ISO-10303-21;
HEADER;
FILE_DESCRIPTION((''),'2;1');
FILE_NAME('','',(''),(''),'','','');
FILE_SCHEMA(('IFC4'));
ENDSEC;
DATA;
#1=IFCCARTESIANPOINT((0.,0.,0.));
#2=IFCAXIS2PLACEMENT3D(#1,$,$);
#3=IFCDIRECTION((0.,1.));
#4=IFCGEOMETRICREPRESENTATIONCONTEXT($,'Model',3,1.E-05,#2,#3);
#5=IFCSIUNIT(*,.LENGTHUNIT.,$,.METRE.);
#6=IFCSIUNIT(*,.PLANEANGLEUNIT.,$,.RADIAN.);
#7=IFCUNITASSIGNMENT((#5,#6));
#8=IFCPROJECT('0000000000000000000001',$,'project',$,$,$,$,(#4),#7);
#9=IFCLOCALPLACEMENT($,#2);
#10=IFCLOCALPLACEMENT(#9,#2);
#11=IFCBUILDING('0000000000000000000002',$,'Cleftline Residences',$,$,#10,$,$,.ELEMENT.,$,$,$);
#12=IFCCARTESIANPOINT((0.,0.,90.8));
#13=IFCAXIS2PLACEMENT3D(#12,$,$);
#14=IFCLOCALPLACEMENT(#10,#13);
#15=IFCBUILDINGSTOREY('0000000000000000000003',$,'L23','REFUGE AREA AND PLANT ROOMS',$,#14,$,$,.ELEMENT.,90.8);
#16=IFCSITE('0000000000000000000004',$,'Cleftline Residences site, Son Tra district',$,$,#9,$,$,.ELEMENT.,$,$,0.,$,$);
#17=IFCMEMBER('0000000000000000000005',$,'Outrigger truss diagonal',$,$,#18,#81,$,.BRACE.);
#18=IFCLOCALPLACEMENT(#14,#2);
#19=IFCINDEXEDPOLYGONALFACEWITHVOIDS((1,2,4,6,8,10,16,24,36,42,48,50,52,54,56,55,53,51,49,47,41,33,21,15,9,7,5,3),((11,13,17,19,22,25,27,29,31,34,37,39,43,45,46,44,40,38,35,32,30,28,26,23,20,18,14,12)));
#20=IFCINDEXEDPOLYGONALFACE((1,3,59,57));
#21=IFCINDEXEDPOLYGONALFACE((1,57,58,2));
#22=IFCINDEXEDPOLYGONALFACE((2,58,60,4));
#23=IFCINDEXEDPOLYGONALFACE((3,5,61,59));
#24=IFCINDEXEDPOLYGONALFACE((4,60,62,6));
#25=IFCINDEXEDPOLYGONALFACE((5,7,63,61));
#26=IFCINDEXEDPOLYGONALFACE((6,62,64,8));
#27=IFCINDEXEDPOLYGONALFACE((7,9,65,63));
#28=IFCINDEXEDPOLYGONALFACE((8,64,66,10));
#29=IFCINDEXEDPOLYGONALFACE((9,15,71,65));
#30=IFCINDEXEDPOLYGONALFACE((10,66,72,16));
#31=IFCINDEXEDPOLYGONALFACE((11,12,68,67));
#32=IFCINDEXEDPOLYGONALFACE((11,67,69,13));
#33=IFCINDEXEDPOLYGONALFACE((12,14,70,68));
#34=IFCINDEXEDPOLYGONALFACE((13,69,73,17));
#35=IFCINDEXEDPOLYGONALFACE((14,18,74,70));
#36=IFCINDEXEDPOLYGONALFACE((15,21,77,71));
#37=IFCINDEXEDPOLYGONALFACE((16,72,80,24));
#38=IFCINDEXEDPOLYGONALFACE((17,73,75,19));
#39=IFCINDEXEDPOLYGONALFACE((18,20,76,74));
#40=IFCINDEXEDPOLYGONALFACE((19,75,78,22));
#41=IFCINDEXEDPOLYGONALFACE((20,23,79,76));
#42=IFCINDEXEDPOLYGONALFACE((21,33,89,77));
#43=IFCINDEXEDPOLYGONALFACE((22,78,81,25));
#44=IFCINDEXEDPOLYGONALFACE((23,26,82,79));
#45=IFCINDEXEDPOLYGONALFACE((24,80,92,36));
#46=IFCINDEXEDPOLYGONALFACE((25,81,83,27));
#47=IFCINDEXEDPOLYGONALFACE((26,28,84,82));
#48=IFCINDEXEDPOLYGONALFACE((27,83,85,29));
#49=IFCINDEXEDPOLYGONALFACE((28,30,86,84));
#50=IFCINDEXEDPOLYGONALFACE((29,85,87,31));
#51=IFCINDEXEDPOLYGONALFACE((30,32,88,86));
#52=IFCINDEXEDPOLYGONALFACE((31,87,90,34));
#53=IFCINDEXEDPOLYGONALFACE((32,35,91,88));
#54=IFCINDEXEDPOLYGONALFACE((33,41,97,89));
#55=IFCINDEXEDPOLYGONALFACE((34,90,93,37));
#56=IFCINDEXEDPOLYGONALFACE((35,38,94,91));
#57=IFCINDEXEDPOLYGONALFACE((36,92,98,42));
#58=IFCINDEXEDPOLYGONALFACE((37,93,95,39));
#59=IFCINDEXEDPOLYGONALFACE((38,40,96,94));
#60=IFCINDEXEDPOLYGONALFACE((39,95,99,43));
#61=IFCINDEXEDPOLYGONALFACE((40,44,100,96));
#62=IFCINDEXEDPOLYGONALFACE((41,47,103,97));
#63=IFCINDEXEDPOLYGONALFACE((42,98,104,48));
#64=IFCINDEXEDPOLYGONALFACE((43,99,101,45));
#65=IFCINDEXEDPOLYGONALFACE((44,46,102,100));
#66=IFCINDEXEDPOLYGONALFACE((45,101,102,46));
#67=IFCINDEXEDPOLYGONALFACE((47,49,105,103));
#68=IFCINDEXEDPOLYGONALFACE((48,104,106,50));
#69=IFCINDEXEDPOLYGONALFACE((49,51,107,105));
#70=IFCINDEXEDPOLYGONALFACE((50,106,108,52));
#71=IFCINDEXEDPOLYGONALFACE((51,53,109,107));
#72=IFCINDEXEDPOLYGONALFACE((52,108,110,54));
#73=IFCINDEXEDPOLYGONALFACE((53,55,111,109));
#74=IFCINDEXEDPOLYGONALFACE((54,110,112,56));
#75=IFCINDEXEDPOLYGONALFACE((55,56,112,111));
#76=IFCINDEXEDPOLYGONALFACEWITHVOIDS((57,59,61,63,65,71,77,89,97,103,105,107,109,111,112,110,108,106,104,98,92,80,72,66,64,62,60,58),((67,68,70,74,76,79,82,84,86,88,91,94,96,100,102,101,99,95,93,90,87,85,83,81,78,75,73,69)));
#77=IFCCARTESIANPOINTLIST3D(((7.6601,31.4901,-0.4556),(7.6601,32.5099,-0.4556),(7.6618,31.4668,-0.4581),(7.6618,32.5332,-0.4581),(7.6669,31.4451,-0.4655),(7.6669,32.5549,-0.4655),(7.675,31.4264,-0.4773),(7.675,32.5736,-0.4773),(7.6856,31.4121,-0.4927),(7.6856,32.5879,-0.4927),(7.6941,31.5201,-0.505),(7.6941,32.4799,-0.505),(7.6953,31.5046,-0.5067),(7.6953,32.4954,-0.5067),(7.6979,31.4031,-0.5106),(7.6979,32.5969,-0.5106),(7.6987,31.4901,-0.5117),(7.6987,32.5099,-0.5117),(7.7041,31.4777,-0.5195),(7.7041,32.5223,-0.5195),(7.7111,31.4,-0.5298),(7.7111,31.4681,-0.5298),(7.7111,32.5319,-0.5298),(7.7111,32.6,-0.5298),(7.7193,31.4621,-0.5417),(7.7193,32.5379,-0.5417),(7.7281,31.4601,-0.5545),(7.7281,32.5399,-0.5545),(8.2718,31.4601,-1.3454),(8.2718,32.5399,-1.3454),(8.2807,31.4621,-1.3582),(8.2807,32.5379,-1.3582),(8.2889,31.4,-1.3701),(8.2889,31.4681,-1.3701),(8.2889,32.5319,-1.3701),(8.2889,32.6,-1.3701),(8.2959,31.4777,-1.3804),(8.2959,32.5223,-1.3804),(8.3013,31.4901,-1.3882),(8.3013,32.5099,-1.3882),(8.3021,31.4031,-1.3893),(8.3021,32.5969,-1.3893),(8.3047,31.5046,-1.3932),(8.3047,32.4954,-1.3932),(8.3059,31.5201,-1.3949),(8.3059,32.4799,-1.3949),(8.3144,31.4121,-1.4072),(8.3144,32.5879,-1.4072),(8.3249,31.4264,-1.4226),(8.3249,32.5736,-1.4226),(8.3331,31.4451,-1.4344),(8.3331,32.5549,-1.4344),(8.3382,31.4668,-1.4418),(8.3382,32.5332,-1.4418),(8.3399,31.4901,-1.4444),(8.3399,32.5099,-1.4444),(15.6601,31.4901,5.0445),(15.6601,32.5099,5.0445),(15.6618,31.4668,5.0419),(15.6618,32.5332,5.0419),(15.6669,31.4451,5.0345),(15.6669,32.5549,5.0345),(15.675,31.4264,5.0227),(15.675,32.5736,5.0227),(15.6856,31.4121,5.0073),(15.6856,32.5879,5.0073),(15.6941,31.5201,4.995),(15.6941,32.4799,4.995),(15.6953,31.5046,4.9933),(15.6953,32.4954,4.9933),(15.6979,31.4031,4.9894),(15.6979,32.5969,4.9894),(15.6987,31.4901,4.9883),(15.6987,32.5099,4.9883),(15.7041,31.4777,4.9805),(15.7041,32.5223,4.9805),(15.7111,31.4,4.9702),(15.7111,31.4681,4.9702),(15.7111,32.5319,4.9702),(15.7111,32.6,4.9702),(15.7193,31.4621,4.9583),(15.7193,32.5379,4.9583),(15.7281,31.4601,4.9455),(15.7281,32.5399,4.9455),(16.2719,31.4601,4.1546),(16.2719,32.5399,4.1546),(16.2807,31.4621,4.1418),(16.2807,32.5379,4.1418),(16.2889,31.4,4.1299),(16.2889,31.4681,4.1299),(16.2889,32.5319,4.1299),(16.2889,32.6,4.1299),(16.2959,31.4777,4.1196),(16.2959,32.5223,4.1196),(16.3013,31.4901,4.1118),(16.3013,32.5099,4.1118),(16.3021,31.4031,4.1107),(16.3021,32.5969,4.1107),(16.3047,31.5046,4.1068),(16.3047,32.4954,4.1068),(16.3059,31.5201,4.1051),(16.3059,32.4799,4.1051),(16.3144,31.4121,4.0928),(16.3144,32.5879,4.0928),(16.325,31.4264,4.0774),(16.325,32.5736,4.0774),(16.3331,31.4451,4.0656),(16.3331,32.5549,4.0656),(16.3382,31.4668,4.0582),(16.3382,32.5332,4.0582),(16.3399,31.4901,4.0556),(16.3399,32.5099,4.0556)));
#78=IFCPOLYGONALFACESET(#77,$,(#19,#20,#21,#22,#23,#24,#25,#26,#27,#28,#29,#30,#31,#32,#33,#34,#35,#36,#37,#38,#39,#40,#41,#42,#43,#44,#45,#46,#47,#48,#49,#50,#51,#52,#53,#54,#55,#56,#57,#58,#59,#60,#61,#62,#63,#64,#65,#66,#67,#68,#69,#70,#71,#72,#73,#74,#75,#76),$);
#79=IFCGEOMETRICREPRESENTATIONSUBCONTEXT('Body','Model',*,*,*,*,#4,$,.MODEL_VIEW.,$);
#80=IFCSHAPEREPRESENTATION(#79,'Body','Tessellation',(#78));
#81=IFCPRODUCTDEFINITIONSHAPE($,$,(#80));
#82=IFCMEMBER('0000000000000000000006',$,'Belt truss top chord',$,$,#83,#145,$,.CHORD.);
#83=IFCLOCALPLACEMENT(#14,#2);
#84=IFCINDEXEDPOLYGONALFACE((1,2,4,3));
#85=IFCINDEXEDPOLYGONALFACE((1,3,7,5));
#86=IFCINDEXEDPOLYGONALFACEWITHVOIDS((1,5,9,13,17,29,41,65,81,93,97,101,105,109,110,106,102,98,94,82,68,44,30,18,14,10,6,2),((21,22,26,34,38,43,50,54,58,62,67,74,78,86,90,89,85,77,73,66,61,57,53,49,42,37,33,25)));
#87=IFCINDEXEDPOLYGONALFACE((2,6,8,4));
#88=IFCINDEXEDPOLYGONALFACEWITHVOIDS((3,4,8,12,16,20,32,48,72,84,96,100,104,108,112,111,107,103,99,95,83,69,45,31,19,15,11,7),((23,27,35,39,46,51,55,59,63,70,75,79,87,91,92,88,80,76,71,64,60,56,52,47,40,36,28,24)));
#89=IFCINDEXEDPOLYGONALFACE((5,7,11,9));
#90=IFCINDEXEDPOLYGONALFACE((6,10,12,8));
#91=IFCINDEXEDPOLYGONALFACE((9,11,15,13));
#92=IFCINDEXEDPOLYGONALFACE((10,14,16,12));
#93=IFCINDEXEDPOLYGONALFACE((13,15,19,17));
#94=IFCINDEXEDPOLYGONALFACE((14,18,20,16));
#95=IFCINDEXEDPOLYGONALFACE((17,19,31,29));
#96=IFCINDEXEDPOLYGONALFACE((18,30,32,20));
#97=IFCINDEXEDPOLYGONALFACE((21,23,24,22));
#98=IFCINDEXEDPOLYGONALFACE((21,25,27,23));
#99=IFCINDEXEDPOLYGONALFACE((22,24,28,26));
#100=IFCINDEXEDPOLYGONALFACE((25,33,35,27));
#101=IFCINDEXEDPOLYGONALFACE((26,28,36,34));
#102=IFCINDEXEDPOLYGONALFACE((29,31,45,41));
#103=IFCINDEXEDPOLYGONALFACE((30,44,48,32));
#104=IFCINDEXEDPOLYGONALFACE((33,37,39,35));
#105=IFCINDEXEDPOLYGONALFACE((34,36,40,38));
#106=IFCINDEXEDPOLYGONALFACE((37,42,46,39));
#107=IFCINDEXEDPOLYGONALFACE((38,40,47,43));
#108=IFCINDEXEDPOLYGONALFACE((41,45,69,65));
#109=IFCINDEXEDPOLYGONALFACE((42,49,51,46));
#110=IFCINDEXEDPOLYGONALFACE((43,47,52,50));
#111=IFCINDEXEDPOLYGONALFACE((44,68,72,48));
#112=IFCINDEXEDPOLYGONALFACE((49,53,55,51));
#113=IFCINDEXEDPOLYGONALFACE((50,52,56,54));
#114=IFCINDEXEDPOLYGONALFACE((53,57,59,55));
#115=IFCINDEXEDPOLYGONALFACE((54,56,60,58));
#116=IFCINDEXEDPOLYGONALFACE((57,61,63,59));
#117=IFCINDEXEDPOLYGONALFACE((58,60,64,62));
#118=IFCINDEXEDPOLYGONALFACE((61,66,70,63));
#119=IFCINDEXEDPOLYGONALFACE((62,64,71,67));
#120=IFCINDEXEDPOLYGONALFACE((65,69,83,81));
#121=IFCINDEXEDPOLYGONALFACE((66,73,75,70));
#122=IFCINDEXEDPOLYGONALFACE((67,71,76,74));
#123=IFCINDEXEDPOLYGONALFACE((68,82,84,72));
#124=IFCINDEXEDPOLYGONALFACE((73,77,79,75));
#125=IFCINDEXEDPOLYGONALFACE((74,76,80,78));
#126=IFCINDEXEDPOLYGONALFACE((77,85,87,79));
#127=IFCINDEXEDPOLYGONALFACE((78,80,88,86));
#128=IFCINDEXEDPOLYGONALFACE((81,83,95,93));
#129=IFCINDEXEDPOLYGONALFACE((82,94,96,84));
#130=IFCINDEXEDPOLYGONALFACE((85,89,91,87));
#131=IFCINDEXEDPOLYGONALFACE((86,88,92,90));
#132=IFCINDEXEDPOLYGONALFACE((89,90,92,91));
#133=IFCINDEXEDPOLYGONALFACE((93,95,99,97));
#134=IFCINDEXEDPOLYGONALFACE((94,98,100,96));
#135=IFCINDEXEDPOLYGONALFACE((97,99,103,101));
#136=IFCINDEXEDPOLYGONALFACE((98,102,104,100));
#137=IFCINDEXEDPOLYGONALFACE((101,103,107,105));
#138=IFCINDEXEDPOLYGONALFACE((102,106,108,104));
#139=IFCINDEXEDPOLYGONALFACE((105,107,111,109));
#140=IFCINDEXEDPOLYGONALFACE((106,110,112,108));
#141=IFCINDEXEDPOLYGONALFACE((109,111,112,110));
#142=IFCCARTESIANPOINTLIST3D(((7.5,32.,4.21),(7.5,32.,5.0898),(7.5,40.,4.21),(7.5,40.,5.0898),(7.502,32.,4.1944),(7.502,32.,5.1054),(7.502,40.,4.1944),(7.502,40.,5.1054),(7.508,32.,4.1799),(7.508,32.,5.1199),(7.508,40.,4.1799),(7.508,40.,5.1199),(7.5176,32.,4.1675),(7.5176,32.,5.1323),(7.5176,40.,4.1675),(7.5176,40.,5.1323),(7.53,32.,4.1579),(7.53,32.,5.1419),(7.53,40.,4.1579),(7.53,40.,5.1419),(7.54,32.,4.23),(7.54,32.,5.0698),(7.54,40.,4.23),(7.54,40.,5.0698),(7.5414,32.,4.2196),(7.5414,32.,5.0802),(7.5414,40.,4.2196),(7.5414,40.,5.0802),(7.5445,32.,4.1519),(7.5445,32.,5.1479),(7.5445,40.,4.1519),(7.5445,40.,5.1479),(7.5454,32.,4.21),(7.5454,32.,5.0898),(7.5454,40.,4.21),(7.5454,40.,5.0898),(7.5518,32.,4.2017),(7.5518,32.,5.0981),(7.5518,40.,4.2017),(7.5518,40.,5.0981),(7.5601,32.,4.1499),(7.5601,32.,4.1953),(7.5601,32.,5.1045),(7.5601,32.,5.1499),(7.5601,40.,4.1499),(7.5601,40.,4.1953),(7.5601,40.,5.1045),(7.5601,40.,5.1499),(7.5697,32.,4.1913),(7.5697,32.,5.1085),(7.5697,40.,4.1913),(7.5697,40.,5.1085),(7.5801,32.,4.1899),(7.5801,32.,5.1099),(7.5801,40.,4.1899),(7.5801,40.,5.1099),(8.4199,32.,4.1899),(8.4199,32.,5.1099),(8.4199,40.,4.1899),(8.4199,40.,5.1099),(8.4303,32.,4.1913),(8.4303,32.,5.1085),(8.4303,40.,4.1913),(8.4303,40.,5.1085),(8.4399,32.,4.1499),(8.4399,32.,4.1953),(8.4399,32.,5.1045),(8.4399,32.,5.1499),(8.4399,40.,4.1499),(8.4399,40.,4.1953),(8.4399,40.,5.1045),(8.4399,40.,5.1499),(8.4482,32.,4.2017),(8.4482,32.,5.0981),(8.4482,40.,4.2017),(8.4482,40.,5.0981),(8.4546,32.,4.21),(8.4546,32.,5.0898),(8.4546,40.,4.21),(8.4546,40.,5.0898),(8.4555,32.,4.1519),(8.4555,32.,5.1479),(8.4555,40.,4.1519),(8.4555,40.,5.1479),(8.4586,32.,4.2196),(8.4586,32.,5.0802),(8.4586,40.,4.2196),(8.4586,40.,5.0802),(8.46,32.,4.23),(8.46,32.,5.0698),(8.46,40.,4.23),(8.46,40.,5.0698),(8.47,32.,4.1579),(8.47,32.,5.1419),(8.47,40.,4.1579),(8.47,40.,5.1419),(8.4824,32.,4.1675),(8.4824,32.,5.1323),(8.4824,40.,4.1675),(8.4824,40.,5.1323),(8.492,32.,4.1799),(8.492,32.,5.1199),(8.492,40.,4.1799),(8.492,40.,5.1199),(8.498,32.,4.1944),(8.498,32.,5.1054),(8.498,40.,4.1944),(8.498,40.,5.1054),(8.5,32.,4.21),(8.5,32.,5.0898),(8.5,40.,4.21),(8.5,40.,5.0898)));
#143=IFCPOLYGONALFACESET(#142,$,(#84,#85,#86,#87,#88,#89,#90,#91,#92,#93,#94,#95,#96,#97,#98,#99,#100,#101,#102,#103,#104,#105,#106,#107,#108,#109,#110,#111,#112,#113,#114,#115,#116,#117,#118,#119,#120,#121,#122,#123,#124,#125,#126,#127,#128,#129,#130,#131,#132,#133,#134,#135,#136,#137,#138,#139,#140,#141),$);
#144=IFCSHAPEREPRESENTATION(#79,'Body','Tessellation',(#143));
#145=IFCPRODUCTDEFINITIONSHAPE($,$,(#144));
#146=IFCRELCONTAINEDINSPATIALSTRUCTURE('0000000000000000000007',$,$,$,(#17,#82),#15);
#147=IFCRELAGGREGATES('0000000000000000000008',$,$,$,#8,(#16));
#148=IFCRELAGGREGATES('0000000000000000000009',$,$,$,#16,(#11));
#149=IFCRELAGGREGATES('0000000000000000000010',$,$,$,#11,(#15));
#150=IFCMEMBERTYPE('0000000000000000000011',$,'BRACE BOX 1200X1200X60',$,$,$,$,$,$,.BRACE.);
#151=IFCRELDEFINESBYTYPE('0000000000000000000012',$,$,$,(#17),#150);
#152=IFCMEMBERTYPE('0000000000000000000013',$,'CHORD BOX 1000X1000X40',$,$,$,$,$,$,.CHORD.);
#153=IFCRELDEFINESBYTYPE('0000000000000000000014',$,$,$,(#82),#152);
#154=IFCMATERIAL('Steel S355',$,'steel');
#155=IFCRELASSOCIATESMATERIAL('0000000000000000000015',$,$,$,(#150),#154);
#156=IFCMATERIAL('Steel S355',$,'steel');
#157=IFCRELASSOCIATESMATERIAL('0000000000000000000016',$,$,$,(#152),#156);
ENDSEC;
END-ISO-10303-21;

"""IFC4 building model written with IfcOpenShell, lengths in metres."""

from ifc_helpers import new_model, si_unit, direction, frame, origin, origin_2d, place, context, subcontext, project, spatial, hollow_rectangle, extrude, material, material_profile, profile_set, type_object, element, save


model = new_model("IFC4")

# Units and contexts
model_context = context("Model", 3, precision=1e-05, world=origin(), true_north=direction((0.0, 1.0)))
body_context = subcontext(model_context, "Body", "Model", "MODEL_VIEW")
ifc_project = project(units=[si_unit("LENGTHUNIT", "METRE"), si_unit("PLANEANGLEUNIT", "RADIAN")], contexts=[model_context])

# Site, building, storey
site_placement = place(None, origin())
site = spatial("IfcSite", under=ifc_project, at=site_placement, Name="Cleftline Residences site, Son Tra district", CompositionType="ELEMENT", RefElevation=0.0)
building_placement = place(site_placement, origin())
building = spatial("IfcBuilding", under=site, at=building_placement, Name="Cleftline Residences", CompositionType="ELEMENT")
storey_placement = place(building_placement, frame((0.0, 0.0, 90.8)))
storey = spatial("IfcBuildingStorey", under=building, at=storey_placement, Name="L23", Description="REFUGE AREA AND PLANT ROOMS", CompositionType="ELEMENT", Elevation=90.8)

# Members
ifc_material_1 = material(Name="Steel S355", Category="steel")
ifc_material_profile_1 = material_profile(ifc_material_1, hollow_rectangle(XDim=1.2, YDim=1.2, WallThickness=0.0601, InnerFilletRadius=0.0601, OuterFilletRadius=0.0901, at=origin_2d()))
ifc_profile_set_1 = profile_set([ifc_material_profile_1], Name="Steel S355")
member_type_1 = type_object("IfcMemberType", Name="BRACE BOX 1200X1200X60", PredefinedType="BRACE", material=ifc_profile_set_1)
member_1_placement = place(storey_placement, frame((16.0, 32.0, 4.55), z_axis=(-0.824042, 0.0, -0.566529), x_axis=(-0.566529, 0.0, 0.824042)))
element("IfcMember", 1, at=member_1_placement, inside=storey, type_object=member_type_1, Name="Outrigger truss diagonal", PredefinedType="BRACE", context=body_context, shape_type="SweptSolid", body=[
    extrude(hollow_rectangle(XDim=1.2, YDim=1.2, WallThickness=0.0601, InnerFilletRadius=0.0601, OuterFilletRadius=0.0901, at=origin_2d()), origin(), (0.0, 0.0, 1.0), 9.7083),
])
ifc_material_2 = material(Name="Steel S355", Category="steel")
ifc_material_profile_2 = material_profile(ifc_material_2, hollow_rectangle(XDim=1.0, YDim=1.0, WallThickness=0.04, InnerFilletRadius=0.04, OuterFilletRadius=0.0601, at=origin_2d()))
ifc_profile_set_2 = profile_set([ifc_material_profile_2], Name="Steel S355")
member_type_2 = type_object("IfcMemberType", Name="CHORD BOX 1000X1000X40", PredefinedType="CHORD", material=ifc_profile_set_2)
member_2_placement = place(storey_placement, frame((8.0, 32.0, 4.6499), z_axis=(0.0, 1.0, 0.0), x_axis=(-1.0, 0.0, 0.0)))
element("IfcMember", 2, at=member_2_placement, inside=storey, type_object=member_type_2, Name="Belt truss top chord", PredefinedType="CHORD", context=body_context, shape_type="SweptSolid", body=[
    extrude(hollow_rectangle(XDim=1.0, YDim=1.0, WallThickness=0.04, InnerFilletRadius=0.04, OuterFilletRadius=0.0601, at=origin_2d()), origin(), (0.0, 0.0, 1.0), 8.0),
])

save(model, "model.ifc")
